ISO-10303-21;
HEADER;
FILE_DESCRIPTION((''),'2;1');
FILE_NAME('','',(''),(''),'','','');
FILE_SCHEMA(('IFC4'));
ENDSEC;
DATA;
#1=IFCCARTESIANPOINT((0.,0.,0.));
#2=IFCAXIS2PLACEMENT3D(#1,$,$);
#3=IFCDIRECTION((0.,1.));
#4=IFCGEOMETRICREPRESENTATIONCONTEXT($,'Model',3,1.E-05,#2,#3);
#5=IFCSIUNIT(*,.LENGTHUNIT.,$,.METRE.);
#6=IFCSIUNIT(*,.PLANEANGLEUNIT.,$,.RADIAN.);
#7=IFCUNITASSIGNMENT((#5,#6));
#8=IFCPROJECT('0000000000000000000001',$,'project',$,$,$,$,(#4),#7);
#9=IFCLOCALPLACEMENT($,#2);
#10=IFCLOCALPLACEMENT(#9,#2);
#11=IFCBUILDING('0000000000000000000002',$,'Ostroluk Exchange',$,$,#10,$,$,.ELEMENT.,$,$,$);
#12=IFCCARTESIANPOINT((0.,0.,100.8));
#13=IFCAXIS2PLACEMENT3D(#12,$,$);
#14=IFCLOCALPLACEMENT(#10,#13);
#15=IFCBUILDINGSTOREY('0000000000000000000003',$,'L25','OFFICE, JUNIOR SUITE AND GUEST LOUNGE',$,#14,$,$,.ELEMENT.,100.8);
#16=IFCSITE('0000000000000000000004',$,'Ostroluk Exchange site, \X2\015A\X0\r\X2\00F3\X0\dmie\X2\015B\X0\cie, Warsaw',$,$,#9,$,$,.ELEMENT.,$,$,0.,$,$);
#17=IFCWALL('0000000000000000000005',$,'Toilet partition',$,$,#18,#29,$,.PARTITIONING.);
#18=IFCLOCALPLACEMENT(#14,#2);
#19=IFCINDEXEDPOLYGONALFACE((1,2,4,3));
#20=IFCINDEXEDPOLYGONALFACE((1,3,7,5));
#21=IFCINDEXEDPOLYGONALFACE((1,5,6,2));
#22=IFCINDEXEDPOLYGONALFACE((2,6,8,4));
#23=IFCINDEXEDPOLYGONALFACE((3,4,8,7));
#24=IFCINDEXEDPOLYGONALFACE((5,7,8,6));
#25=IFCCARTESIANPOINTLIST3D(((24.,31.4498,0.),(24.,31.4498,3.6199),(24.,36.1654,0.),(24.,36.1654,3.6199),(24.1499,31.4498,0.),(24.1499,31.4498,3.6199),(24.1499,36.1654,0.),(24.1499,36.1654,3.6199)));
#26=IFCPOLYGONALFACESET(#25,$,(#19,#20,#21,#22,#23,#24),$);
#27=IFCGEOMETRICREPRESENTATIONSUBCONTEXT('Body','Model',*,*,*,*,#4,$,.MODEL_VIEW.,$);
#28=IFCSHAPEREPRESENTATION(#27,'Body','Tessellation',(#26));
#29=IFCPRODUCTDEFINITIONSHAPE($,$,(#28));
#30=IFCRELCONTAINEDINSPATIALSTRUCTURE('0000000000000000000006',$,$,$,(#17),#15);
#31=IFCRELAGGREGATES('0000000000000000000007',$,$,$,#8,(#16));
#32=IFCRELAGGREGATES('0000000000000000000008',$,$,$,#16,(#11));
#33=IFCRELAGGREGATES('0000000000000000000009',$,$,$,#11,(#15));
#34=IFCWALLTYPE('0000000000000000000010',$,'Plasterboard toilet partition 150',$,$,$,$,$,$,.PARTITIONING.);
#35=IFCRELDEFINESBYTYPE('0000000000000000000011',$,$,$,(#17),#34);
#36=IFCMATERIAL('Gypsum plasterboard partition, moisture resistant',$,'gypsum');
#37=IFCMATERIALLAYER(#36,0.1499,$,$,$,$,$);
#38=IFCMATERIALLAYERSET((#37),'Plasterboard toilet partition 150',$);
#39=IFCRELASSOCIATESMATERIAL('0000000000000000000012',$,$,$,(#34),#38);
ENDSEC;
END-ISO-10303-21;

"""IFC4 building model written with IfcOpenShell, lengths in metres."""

from ifc_helpers import new_model, si_unit, direction, frame, frame_2d, origin, place, context, subcontext, project, spatial, rectangle, extrude, material, layer, layer_set, type_object, element, save


model = new_model("IFC4")

# Units and contexts
model_context = context("Model", 3, precision=1e-05, world=origin(), true_north=direction((0.0, 1.0)))
body_context = subcontext(model_context, "Body", "Model", "MODEL_VIEW")
ifc_project = project(units=[si_unit("LENGTHUNIT", "METRE"), si_unit("PLANEANGLEUNIT", "RADIAN")], contexts=[model_context])

# Site, building, storey
site_placement = place(None, origin())
site = spatial("IfcSite", under=ifc_project, at=site_placement, Name="Ostroluk Exchange site, Śródmieście, Warsaw", CompositionType="ELEMENT", RefElevation=0.0)
building_placement = place(site_placement, origin())
building = spatial("IfcBuilding", under=site, at=building_placement, Name="Ostroluk Exchange", CompositionType="ELEMENT")
storey_placement = place(building_placement, frame((0.0, 0.0, 100.8)))
storey = spatial("IfcBuildingStorey", under=building, at=storey_placement, Name="L25", Description="OFFICE, JUNIOR SUITE AND GUEST LOUNGE", CompositionType="ELEMENT", Elevation=100.8)

# Wall
ifc_material_1 = material(Name="Gypsum plasterboard partition, moisture resistant", Category="gypsum")
ifc_layer_1 = layer(ifc_material_1, 0.1499)
ifc_layer_set_1 = layer_set([ifc_layer_1], Name="Plasterboard toilet partition 150")
wall_type_1 = type_object("IfcWallType", Name="Plasterboard toilet partition 150", PredefinedType="PARTITIONING", material=ifc_layer_set_1)
wall_1_placement = place(storey_placement, frame((24.075, 36.1655, 0.0), z_axis=(0.0, 0.0, 1.0), x_axis=(0.0, -1.0, 0.0)))
element("IfcWall", 1, at=wall_1_placement, inside=storey, type_object=wall_type_1, Name="Toilet partition", PredefinedType="PARTITIONING", context=body_context, shape_type="SweptSolid", body=[
    extrude(rectangle(XDim=4.7156, YDim=0.1499, at=frame_2d((2.3579, 0.0))), origin(), (0.0, 0.0, 1.0), 3.6199),
])

save(model, "model.ifc")
